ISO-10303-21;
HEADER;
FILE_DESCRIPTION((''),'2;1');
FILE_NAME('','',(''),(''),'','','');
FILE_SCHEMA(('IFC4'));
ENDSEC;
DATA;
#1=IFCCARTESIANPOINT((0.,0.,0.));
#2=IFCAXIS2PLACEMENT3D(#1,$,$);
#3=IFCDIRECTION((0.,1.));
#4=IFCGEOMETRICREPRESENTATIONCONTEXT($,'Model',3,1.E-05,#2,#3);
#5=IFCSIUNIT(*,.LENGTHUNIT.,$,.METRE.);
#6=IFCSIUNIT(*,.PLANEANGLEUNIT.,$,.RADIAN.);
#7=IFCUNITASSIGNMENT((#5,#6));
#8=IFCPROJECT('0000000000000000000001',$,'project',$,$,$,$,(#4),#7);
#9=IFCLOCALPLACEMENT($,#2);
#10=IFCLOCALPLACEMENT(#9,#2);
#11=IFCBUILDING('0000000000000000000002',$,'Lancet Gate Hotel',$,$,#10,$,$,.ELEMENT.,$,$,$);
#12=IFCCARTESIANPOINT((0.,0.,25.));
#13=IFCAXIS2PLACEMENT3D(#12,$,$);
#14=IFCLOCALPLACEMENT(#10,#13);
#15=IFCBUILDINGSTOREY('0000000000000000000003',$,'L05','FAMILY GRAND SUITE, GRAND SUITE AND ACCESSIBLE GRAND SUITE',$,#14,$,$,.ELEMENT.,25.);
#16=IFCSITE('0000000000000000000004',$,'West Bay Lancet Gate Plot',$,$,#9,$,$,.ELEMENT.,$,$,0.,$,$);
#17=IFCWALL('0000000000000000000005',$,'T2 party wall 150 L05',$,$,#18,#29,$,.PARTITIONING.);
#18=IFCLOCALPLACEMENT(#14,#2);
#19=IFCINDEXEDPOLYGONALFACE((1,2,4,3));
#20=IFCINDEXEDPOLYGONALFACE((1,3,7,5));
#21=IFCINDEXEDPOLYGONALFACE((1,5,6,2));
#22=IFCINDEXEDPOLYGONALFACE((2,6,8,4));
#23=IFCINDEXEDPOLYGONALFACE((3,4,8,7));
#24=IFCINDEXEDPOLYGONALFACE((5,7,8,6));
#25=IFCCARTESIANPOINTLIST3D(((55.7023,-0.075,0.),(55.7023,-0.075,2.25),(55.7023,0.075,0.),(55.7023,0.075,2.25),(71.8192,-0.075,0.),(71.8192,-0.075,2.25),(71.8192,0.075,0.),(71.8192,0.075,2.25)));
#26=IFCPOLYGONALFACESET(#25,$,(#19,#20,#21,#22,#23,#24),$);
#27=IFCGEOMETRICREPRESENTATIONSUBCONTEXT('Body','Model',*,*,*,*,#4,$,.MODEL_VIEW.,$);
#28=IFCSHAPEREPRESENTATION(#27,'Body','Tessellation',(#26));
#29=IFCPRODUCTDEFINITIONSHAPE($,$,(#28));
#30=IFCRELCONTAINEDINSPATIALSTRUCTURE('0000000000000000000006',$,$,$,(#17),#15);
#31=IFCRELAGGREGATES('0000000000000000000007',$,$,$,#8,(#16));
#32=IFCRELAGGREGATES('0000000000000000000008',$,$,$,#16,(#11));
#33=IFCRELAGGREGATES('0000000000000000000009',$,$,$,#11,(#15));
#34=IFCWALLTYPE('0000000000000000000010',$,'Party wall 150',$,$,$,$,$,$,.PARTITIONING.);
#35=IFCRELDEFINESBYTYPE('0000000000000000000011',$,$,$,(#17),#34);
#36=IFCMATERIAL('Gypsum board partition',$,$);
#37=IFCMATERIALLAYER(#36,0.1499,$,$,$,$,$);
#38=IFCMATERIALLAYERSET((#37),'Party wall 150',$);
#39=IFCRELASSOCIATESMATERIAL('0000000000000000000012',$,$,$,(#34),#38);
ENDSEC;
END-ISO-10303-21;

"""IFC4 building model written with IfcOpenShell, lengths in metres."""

from ifc_helpers import new_model, si_unit, direction, frame, frame_2d, origin, place, context, subcontext, project, spatial, rectangle, extrude, material, layer, layer_set, type_object, element, save


model = new_model("IFC4")

# Units and contexts
model_context = context("Model", 3, precision=1e-05, world=origin(), true_north=direction((0.0, 1.0)))
body_context = subcontext(model_context, "Body", "Model", "MODEL_VIEW")
ifc_project = project(units=[si_unit("LENGTHUNIT", "METRE"), si_unit("PLANEANGLEUNIT", "RADIAN")], contexts=[model_context])

# Site, building, storey
site_placement = place(None, origin())
site = spatial("IfcSite", under=ifc_project, at=site_placement, Name="West Bay Lancet Gate Plot", CompositionType="ELEMENT", RefElevation=0.0)
building_placement = place(site_placement, origin())
building = spatial("IfcBuilding", under=site, at=building_placement, Name="Lancet Gate Hotel", CompositionType="ELEMENT")
storey_placement = place(building_placement, frame((0.0, 0.0, 25.0)))
storey = spatial("IfcBuildingStorey", under=building, at=storey_placement, Name="L05", Description="FAMILY GRAND SUITE, GRAND SUITE AND ACCESSIBLE GRAND SUITE", CompositionType="ELEMENT", Elevation=25.0)

# Wall
ifc_material_1 = material(Name="Gypsum board partition")
ifc_layer_1 = layer(ifc_material_1, 0.1499)
ifc_layer_set_1 = layer_set([ifc_layer_1], Name="Party wall 150")
wall_type_1 = type_object("IfcWallType", Name="Party wall 150", PredefinedType="PARTITIONING", material=ifc_layer_set_1)
wall_1_placement = place(storey_placement, frame((55.7021, 0.0, 0.0), z_axis=(0.0, 0.0, 1.0), x_axis=(1.0, 0.0, 0.0)))
element("IfcWall", 1, at=wall_1_placement, inside=storey, type_object=wall_type_1, Name="T2 party wall 150 L05", PredefinedType="PARTITIONING", context=body_context, shape_type="SweptSolid", body=[
    extrude(rectangle(XDim=16.1169, YDim=0.1499, at=frame_2d((8.0586, 0.0))), origin(), (0.0, 0.0, 1.0), 2.25),
])

save(model, "model.ifc")
